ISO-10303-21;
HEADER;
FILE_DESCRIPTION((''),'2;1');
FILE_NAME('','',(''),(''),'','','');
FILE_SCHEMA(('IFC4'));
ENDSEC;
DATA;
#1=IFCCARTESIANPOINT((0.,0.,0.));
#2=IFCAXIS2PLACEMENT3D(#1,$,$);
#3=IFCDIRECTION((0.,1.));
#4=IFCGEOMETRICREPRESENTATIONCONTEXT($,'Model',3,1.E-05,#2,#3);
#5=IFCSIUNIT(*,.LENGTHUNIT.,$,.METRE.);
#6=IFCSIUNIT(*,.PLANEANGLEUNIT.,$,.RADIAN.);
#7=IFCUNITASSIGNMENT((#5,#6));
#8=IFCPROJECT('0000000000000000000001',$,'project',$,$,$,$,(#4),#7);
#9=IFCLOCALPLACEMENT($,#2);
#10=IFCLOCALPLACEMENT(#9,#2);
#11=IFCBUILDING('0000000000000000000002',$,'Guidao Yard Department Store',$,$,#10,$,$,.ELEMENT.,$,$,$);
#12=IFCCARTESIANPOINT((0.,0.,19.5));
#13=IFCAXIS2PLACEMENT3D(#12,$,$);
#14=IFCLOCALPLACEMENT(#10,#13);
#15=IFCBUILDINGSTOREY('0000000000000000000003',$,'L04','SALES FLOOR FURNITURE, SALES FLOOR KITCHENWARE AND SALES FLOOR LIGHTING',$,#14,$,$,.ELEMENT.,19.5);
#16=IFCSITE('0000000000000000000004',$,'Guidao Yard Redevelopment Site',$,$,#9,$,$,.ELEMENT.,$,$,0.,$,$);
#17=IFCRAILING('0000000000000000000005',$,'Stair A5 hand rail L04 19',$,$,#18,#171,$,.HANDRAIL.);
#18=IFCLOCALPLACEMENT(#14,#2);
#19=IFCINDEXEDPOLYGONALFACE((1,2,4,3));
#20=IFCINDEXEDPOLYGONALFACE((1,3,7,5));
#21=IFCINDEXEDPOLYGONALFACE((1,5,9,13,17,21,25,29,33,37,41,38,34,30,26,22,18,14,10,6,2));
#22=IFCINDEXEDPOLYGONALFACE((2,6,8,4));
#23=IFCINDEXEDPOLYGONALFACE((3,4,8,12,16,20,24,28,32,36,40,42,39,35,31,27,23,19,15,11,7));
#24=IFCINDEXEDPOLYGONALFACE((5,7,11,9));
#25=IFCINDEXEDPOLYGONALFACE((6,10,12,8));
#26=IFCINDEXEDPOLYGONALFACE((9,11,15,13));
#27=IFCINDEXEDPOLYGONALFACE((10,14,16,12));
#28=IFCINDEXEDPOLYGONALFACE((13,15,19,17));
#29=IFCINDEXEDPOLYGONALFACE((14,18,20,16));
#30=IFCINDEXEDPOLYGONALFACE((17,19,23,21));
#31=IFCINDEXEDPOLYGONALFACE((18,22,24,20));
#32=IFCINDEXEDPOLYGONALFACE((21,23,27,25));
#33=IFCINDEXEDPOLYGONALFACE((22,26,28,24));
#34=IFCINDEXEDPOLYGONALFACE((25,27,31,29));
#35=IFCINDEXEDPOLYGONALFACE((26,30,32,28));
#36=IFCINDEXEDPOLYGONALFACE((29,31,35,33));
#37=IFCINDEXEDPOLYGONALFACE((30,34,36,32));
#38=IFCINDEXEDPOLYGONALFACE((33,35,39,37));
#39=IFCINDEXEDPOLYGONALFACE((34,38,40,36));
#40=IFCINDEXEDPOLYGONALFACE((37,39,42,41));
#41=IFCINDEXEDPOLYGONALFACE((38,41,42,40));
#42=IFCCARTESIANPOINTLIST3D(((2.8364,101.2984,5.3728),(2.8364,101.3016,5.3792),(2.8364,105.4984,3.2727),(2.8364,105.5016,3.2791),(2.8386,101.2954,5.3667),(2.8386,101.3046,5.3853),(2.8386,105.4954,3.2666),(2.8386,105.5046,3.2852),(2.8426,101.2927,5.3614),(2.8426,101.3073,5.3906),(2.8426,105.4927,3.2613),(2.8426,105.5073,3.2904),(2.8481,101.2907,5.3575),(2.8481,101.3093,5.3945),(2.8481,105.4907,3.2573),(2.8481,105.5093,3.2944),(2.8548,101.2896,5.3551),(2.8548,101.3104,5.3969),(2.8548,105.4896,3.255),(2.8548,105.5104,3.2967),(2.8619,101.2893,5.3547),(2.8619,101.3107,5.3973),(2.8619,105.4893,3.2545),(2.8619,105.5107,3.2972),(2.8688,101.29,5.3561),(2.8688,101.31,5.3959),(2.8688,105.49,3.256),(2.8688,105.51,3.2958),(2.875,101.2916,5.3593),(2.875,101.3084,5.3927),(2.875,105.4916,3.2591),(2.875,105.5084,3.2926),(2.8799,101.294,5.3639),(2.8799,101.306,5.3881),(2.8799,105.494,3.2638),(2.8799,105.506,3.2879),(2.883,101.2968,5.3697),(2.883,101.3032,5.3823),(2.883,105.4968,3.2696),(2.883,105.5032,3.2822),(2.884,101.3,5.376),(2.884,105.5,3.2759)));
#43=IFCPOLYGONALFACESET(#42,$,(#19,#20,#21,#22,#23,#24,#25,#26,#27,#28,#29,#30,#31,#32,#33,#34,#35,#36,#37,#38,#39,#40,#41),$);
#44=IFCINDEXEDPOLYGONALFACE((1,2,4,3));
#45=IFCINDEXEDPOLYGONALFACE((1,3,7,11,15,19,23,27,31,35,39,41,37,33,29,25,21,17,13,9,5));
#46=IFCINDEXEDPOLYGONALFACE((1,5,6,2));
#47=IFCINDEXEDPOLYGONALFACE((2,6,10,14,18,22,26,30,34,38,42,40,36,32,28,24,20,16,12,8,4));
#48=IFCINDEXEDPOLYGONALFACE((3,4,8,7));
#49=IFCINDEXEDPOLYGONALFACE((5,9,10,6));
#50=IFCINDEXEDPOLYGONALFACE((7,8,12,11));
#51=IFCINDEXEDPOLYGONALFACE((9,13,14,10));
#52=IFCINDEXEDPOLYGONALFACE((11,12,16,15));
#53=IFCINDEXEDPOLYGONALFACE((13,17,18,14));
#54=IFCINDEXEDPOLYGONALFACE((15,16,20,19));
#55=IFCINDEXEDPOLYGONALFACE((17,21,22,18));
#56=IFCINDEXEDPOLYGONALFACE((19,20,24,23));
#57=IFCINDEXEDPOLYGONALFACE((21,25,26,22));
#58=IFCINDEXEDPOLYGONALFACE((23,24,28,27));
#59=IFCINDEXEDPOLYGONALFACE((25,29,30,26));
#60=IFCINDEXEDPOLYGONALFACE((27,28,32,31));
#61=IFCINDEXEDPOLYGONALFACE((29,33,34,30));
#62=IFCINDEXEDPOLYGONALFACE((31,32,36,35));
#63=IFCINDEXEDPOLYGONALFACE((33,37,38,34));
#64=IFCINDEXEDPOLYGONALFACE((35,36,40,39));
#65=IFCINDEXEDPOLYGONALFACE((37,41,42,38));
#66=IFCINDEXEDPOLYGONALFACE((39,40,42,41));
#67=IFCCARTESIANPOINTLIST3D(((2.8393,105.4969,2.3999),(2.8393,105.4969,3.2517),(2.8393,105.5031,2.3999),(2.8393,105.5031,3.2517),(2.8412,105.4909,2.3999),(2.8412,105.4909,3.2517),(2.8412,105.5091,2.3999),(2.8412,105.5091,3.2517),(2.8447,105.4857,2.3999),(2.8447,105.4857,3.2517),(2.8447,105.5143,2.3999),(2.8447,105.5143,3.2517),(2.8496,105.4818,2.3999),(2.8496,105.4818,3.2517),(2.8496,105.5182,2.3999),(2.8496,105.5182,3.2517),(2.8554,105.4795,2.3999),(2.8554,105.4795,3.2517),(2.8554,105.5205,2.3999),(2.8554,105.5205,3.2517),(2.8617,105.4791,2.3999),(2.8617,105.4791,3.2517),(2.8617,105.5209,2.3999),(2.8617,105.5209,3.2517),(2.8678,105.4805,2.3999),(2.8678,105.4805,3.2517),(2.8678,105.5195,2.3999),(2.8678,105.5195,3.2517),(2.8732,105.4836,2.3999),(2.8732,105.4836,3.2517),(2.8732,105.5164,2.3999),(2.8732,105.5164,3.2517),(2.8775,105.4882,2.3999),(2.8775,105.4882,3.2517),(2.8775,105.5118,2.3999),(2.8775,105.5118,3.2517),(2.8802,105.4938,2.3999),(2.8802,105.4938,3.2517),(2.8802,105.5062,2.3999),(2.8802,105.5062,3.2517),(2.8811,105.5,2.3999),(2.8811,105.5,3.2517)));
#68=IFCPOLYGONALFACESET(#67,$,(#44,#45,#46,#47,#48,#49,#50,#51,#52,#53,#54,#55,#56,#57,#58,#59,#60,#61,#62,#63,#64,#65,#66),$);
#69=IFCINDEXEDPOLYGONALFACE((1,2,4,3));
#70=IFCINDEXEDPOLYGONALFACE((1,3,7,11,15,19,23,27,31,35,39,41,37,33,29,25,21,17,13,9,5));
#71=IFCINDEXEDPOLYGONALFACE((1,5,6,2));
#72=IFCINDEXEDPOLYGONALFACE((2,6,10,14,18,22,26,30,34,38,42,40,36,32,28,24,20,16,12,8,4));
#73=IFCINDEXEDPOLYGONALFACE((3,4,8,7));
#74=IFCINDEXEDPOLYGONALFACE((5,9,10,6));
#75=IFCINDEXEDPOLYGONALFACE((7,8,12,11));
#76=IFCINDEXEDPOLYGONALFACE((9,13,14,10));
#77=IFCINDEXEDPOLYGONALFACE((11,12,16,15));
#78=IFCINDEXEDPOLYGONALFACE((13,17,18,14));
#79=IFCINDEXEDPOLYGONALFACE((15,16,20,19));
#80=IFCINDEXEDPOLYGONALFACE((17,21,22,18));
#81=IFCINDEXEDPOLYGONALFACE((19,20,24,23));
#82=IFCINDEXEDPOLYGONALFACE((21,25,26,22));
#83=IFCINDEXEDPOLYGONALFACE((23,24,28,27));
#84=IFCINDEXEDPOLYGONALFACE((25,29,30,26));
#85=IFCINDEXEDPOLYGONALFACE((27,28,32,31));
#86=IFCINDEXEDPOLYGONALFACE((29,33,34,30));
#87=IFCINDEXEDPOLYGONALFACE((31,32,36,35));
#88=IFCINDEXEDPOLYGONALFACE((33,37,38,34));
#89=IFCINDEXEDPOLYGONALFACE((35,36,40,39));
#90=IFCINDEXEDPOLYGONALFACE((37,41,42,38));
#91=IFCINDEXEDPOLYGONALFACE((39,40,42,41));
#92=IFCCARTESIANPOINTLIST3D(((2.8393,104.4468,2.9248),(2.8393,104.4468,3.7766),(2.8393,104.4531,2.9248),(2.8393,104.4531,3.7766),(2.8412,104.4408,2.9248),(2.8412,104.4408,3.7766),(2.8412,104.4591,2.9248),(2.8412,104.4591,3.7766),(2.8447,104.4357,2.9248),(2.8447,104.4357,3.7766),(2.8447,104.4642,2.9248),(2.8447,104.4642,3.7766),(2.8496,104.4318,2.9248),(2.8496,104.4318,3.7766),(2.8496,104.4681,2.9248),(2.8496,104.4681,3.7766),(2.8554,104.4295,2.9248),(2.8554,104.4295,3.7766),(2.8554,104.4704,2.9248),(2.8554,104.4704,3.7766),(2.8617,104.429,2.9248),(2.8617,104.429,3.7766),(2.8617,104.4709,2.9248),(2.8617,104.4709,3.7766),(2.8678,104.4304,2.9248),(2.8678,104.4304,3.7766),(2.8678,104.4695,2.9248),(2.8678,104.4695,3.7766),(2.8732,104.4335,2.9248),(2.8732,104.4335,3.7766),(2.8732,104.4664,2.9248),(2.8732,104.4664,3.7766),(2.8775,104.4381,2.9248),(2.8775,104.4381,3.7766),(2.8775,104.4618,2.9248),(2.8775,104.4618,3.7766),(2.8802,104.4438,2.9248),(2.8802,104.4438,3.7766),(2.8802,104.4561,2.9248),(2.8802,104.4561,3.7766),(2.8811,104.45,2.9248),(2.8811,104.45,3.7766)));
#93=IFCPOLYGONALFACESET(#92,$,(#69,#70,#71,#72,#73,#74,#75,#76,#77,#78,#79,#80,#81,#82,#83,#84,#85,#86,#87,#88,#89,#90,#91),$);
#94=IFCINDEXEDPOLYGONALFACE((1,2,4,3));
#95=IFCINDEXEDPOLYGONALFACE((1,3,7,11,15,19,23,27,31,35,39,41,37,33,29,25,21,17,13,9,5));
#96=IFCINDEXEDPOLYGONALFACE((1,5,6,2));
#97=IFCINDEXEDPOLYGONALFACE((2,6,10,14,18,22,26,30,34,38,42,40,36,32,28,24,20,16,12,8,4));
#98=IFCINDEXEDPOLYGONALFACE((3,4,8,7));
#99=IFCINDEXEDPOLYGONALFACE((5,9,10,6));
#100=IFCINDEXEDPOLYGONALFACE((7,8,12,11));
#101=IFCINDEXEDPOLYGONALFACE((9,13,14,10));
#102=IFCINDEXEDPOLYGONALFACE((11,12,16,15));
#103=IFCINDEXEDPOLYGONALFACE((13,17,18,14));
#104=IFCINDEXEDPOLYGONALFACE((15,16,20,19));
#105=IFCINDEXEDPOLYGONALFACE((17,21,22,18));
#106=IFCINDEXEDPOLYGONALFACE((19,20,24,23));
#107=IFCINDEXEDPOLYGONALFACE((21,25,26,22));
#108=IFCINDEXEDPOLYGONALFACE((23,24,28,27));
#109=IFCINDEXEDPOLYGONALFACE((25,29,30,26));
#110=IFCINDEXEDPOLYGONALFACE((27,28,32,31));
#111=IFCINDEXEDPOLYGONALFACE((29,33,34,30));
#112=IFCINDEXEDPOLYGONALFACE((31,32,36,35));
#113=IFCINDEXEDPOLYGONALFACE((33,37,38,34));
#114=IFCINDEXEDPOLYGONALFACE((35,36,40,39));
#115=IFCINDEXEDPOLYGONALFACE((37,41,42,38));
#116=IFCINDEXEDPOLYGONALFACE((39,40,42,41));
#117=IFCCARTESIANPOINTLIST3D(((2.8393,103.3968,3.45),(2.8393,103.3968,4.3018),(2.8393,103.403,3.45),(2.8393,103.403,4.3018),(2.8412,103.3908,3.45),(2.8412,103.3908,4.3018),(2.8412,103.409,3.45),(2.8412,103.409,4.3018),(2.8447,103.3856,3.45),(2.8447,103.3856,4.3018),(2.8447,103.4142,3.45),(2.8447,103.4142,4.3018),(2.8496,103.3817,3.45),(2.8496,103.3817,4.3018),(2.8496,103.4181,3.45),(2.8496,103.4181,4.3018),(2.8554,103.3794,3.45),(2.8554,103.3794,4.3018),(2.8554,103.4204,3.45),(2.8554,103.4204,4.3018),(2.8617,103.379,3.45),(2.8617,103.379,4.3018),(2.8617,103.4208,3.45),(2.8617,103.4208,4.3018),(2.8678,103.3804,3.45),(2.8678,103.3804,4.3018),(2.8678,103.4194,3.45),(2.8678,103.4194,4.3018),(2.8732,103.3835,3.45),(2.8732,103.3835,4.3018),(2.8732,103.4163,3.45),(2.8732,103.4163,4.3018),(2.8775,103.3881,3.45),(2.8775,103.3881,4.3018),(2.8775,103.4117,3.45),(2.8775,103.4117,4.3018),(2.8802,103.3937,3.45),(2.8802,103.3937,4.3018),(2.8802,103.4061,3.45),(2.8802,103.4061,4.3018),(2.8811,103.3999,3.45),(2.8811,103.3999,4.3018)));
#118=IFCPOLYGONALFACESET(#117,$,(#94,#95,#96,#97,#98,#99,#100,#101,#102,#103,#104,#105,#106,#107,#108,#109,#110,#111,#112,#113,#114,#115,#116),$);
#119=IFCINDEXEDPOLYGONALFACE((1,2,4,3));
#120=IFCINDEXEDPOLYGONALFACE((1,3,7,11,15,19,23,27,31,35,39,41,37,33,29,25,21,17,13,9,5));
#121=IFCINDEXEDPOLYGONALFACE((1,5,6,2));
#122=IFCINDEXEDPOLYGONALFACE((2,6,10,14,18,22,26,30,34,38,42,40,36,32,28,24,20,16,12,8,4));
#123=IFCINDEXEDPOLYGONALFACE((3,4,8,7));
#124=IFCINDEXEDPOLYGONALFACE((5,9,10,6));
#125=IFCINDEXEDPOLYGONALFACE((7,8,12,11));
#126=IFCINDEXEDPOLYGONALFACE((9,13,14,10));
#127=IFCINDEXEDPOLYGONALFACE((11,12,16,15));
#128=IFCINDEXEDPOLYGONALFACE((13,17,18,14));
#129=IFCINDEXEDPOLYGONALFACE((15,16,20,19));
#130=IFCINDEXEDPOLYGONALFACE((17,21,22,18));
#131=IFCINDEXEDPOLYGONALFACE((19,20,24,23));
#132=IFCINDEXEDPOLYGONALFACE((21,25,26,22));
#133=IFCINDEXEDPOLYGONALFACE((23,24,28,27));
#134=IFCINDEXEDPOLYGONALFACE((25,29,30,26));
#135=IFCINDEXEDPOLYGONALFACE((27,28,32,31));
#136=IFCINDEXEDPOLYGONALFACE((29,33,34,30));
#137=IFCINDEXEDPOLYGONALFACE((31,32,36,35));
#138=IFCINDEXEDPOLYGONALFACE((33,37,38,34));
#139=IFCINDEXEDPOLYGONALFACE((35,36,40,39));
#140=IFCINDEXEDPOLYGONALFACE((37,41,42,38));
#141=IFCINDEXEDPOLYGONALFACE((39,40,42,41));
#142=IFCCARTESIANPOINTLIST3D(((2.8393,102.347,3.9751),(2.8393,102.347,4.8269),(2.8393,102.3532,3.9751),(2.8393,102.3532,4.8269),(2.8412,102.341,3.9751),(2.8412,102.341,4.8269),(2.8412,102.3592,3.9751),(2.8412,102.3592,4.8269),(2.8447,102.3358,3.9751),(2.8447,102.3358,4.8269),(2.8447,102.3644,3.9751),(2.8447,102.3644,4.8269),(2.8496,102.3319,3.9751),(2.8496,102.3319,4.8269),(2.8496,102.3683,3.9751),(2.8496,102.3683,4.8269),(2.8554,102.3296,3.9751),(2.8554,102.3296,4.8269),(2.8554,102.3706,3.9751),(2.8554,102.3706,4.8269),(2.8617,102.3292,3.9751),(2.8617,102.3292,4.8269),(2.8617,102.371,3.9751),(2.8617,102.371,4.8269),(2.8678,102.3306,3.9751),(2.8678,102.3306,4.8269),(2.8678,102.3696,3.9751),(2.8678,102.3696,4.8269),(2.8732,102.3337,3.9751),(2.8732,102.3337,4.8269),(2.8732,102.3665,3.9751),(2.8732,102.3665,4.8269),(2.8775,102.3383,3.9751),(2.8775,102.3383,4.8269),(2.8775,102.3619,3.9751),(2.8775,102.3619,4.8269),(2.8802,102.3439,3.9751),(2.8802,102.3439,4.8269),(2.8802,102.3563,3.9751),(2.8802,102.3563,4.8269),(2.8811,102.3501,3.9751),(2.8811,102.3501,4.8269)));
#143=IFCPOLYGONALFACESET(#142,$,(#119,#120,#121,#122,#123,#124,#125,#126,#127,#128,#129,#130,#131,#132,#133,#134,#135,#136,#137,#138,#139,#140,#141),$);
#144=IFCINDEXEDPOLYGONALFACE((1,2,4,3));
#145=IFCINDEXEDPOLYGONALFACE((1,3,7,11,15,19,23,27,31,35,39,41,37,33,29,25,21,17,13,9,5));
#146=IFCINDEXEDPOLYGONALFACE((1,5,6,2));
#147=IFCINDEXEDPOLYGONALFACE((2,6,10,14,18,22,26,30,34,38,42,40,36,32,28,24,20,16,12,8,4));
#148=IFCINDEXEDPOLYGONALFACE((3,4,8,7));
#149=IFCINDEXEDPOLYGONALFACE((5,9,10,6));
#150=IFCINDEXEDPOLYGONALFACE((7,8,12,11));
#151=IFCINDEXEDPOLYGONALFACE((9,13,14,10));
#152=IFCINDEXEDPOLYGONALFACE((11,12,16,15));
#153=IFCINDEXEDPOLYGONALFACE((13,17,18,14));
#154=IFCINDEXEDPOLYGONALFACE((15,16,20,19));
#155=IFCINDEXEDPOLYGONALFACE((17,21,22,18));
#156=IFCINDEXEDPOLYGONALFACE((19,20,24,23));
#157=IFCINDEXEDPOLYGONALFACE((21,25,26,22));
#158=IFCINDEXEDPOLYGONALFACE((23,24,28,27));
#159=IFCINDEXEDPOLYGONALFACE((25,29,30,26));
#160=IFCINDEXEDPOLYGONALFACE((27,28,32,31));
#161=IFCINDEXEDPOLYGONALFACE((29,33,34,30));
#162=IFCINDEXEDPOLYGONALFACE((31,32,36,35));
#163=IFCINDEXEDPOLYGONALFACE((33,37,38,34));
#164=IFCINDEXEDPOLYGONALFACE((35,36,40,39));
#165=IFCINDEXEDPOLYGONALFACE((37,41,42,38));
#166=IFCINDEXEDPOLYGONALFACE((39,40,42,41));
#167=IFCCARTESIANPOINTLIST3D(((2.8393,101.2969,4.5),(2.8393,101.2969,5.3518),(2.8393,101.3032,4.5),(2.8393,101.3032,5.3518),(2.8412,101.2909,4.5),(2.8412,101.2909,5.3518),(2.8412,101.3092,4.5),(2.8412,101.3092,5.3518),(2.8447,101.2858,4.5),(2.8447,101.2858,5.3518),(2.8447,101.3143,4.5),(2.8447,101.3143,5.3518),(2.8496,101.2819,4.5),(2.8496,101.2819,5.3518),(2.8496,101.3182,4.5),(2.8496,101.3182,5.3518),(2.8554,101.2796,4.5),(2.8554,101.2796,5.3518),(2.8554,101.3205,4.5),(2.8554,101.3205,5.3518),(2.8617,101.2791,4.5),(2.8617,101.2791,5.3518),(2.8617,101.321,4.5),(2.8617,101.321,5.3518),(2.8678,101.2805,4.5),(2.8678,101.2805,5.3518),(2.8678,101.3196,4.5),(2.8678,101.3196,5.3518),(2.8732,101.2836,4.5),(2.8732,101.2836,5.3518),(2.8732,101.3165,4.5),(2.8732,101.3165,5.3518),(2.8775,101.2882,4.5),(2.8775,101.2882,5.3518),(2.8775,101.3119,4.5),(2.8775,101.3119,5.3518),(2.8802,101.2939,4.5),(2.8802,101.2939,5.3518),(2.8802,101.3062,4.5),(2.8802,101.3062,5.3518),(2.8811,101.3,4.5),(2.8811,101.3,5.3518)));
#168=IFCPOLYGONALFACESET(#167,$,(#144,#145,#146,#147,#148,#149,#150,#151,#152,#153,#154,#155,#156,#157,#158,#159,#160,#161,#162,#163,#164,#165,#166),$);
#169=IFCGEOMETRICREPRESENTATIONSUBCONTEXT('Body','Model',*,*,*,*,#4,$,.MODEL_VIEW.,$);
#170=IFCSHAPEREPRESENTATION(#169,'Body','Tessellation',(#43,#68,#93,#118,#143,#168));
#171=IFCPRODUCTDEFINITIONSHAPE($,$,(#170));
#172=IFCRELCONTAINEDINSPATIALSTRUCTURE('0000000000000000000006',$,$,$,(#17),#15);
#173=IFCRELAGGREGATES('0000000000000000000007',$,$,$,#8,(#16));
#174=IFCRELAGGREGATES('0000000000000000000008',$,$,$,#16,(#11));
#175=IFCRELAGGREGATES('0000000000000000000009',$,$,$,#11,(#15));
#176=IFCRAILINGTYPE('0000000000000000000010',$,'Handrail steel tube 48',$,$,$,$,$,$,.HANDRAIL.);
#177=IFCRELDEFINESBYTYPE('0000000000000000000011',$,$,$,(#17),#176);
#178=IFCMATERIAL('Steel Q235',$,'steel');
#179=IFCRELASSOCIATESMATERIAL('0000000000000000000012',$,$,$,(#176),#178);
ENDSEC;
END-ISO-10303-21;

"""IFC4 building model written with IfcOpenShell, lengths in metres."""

from ifc_helpers import new_model, si_unit, direction, frame, origin, origin_2d, place, context, subcontext, project, spatial, circle, extrude, material, type_object, element, save


model = new_model("IFC4")

# Units and contexts
model_context = context("Model", 3, precision=1e-05, world=origin(), true_north=direction((0.0, 1.0)))
body_context = subcontext(model_context, "Body", "Model", "MODEL_VIEW")
ifc_project = project(units=[si_unit("LENGTHUNIT", "METRE"), si_unit("PLANEANGLEUNIT", "RADIAN")], contexts=[model_context])

# Site, building, storey
site_placement = place(None, origin())
site = spatial("IfcSite", under=ifc_project, at=site_placement, Name="Guidao Yard Redevelopment Site", CompositionType="ELEMENT", RefElevation=0.0)
building_placement = place(site_placement, origin())
building = spatial("IfcBuilding", under=site, at=building_placement, Name="Guidao Yard Department Store", CompositionType="ELEMENT")
storey_placement = place(building_placement, frame((0.0, 0.0, 19.5)))
storey = spatial("IfcBuildingStorey", under=building, at=storey_placement, Name="L04", Description="SALES FLOOR FURNITURE, SALES FLOOR KITCHENWARE AND SALES FLOOR LIGHTING", CompositionType="ELEMENT", Elevation=19.5)

# Railing
ifc_material_1 = material(Name="Steel Q235", Category="steel")
railing_type_1 = type_object("IfcRailingType", Name="Handrail steel tube 48", PredefinedType="HANDRAIL", material=ifc_material_1)
for number, where, name in (
    (1, (2.8601, 105.5, 2.3999), "Stair A5 hand rail L04 19"),
):
    element("IfcRailing", number, at=place(storey_placement, frame(where)), inside=storey, type_object=railing_type_1, Name=name, PredefinedType="HANDRAIL", context=body_context, shape_type="SweptSolid", body=[
        extrude(circle(Radius=0.0239, at=origin_2d()), frame((0.0, 0.0, 0.876), z_axis=(0.0, -0.894417, 0.447234), x_axis=(1.0, 0.0, 0.0)), (0.0, 0.0, 1.0), 4.6958),
        extrude(circle(Radius=0.021, at=origin_2d()), origin(), (0.0, 0.0, 1.0), 0.8518),
        extrude(circle(Radius=0.021, at=origin_2d()), frame((0.0, -1.05, 0.5249)), (0.0, 0.0, 1.0), 0.8518),
        extrude(circle(Radius=0.021, at=origin_2d()), frame((0.0, -2.1001, 1.05)), (0.0, 0.0, 1.0), 0.8518),
        extrude(circle(Radius=0.021, at=origin_2d()), frame((0.0, -3.1499, 1.5752)), (0.0, 0.0, 1.0), 0.8518),
        extrude(circle(Radius=0.021, at=origin_2d()), frame((0.0, -4.2, 2.1001)), (0.0, 0.0, 1.0), 0.8518),
    ])

save(model, "model.ifc")
